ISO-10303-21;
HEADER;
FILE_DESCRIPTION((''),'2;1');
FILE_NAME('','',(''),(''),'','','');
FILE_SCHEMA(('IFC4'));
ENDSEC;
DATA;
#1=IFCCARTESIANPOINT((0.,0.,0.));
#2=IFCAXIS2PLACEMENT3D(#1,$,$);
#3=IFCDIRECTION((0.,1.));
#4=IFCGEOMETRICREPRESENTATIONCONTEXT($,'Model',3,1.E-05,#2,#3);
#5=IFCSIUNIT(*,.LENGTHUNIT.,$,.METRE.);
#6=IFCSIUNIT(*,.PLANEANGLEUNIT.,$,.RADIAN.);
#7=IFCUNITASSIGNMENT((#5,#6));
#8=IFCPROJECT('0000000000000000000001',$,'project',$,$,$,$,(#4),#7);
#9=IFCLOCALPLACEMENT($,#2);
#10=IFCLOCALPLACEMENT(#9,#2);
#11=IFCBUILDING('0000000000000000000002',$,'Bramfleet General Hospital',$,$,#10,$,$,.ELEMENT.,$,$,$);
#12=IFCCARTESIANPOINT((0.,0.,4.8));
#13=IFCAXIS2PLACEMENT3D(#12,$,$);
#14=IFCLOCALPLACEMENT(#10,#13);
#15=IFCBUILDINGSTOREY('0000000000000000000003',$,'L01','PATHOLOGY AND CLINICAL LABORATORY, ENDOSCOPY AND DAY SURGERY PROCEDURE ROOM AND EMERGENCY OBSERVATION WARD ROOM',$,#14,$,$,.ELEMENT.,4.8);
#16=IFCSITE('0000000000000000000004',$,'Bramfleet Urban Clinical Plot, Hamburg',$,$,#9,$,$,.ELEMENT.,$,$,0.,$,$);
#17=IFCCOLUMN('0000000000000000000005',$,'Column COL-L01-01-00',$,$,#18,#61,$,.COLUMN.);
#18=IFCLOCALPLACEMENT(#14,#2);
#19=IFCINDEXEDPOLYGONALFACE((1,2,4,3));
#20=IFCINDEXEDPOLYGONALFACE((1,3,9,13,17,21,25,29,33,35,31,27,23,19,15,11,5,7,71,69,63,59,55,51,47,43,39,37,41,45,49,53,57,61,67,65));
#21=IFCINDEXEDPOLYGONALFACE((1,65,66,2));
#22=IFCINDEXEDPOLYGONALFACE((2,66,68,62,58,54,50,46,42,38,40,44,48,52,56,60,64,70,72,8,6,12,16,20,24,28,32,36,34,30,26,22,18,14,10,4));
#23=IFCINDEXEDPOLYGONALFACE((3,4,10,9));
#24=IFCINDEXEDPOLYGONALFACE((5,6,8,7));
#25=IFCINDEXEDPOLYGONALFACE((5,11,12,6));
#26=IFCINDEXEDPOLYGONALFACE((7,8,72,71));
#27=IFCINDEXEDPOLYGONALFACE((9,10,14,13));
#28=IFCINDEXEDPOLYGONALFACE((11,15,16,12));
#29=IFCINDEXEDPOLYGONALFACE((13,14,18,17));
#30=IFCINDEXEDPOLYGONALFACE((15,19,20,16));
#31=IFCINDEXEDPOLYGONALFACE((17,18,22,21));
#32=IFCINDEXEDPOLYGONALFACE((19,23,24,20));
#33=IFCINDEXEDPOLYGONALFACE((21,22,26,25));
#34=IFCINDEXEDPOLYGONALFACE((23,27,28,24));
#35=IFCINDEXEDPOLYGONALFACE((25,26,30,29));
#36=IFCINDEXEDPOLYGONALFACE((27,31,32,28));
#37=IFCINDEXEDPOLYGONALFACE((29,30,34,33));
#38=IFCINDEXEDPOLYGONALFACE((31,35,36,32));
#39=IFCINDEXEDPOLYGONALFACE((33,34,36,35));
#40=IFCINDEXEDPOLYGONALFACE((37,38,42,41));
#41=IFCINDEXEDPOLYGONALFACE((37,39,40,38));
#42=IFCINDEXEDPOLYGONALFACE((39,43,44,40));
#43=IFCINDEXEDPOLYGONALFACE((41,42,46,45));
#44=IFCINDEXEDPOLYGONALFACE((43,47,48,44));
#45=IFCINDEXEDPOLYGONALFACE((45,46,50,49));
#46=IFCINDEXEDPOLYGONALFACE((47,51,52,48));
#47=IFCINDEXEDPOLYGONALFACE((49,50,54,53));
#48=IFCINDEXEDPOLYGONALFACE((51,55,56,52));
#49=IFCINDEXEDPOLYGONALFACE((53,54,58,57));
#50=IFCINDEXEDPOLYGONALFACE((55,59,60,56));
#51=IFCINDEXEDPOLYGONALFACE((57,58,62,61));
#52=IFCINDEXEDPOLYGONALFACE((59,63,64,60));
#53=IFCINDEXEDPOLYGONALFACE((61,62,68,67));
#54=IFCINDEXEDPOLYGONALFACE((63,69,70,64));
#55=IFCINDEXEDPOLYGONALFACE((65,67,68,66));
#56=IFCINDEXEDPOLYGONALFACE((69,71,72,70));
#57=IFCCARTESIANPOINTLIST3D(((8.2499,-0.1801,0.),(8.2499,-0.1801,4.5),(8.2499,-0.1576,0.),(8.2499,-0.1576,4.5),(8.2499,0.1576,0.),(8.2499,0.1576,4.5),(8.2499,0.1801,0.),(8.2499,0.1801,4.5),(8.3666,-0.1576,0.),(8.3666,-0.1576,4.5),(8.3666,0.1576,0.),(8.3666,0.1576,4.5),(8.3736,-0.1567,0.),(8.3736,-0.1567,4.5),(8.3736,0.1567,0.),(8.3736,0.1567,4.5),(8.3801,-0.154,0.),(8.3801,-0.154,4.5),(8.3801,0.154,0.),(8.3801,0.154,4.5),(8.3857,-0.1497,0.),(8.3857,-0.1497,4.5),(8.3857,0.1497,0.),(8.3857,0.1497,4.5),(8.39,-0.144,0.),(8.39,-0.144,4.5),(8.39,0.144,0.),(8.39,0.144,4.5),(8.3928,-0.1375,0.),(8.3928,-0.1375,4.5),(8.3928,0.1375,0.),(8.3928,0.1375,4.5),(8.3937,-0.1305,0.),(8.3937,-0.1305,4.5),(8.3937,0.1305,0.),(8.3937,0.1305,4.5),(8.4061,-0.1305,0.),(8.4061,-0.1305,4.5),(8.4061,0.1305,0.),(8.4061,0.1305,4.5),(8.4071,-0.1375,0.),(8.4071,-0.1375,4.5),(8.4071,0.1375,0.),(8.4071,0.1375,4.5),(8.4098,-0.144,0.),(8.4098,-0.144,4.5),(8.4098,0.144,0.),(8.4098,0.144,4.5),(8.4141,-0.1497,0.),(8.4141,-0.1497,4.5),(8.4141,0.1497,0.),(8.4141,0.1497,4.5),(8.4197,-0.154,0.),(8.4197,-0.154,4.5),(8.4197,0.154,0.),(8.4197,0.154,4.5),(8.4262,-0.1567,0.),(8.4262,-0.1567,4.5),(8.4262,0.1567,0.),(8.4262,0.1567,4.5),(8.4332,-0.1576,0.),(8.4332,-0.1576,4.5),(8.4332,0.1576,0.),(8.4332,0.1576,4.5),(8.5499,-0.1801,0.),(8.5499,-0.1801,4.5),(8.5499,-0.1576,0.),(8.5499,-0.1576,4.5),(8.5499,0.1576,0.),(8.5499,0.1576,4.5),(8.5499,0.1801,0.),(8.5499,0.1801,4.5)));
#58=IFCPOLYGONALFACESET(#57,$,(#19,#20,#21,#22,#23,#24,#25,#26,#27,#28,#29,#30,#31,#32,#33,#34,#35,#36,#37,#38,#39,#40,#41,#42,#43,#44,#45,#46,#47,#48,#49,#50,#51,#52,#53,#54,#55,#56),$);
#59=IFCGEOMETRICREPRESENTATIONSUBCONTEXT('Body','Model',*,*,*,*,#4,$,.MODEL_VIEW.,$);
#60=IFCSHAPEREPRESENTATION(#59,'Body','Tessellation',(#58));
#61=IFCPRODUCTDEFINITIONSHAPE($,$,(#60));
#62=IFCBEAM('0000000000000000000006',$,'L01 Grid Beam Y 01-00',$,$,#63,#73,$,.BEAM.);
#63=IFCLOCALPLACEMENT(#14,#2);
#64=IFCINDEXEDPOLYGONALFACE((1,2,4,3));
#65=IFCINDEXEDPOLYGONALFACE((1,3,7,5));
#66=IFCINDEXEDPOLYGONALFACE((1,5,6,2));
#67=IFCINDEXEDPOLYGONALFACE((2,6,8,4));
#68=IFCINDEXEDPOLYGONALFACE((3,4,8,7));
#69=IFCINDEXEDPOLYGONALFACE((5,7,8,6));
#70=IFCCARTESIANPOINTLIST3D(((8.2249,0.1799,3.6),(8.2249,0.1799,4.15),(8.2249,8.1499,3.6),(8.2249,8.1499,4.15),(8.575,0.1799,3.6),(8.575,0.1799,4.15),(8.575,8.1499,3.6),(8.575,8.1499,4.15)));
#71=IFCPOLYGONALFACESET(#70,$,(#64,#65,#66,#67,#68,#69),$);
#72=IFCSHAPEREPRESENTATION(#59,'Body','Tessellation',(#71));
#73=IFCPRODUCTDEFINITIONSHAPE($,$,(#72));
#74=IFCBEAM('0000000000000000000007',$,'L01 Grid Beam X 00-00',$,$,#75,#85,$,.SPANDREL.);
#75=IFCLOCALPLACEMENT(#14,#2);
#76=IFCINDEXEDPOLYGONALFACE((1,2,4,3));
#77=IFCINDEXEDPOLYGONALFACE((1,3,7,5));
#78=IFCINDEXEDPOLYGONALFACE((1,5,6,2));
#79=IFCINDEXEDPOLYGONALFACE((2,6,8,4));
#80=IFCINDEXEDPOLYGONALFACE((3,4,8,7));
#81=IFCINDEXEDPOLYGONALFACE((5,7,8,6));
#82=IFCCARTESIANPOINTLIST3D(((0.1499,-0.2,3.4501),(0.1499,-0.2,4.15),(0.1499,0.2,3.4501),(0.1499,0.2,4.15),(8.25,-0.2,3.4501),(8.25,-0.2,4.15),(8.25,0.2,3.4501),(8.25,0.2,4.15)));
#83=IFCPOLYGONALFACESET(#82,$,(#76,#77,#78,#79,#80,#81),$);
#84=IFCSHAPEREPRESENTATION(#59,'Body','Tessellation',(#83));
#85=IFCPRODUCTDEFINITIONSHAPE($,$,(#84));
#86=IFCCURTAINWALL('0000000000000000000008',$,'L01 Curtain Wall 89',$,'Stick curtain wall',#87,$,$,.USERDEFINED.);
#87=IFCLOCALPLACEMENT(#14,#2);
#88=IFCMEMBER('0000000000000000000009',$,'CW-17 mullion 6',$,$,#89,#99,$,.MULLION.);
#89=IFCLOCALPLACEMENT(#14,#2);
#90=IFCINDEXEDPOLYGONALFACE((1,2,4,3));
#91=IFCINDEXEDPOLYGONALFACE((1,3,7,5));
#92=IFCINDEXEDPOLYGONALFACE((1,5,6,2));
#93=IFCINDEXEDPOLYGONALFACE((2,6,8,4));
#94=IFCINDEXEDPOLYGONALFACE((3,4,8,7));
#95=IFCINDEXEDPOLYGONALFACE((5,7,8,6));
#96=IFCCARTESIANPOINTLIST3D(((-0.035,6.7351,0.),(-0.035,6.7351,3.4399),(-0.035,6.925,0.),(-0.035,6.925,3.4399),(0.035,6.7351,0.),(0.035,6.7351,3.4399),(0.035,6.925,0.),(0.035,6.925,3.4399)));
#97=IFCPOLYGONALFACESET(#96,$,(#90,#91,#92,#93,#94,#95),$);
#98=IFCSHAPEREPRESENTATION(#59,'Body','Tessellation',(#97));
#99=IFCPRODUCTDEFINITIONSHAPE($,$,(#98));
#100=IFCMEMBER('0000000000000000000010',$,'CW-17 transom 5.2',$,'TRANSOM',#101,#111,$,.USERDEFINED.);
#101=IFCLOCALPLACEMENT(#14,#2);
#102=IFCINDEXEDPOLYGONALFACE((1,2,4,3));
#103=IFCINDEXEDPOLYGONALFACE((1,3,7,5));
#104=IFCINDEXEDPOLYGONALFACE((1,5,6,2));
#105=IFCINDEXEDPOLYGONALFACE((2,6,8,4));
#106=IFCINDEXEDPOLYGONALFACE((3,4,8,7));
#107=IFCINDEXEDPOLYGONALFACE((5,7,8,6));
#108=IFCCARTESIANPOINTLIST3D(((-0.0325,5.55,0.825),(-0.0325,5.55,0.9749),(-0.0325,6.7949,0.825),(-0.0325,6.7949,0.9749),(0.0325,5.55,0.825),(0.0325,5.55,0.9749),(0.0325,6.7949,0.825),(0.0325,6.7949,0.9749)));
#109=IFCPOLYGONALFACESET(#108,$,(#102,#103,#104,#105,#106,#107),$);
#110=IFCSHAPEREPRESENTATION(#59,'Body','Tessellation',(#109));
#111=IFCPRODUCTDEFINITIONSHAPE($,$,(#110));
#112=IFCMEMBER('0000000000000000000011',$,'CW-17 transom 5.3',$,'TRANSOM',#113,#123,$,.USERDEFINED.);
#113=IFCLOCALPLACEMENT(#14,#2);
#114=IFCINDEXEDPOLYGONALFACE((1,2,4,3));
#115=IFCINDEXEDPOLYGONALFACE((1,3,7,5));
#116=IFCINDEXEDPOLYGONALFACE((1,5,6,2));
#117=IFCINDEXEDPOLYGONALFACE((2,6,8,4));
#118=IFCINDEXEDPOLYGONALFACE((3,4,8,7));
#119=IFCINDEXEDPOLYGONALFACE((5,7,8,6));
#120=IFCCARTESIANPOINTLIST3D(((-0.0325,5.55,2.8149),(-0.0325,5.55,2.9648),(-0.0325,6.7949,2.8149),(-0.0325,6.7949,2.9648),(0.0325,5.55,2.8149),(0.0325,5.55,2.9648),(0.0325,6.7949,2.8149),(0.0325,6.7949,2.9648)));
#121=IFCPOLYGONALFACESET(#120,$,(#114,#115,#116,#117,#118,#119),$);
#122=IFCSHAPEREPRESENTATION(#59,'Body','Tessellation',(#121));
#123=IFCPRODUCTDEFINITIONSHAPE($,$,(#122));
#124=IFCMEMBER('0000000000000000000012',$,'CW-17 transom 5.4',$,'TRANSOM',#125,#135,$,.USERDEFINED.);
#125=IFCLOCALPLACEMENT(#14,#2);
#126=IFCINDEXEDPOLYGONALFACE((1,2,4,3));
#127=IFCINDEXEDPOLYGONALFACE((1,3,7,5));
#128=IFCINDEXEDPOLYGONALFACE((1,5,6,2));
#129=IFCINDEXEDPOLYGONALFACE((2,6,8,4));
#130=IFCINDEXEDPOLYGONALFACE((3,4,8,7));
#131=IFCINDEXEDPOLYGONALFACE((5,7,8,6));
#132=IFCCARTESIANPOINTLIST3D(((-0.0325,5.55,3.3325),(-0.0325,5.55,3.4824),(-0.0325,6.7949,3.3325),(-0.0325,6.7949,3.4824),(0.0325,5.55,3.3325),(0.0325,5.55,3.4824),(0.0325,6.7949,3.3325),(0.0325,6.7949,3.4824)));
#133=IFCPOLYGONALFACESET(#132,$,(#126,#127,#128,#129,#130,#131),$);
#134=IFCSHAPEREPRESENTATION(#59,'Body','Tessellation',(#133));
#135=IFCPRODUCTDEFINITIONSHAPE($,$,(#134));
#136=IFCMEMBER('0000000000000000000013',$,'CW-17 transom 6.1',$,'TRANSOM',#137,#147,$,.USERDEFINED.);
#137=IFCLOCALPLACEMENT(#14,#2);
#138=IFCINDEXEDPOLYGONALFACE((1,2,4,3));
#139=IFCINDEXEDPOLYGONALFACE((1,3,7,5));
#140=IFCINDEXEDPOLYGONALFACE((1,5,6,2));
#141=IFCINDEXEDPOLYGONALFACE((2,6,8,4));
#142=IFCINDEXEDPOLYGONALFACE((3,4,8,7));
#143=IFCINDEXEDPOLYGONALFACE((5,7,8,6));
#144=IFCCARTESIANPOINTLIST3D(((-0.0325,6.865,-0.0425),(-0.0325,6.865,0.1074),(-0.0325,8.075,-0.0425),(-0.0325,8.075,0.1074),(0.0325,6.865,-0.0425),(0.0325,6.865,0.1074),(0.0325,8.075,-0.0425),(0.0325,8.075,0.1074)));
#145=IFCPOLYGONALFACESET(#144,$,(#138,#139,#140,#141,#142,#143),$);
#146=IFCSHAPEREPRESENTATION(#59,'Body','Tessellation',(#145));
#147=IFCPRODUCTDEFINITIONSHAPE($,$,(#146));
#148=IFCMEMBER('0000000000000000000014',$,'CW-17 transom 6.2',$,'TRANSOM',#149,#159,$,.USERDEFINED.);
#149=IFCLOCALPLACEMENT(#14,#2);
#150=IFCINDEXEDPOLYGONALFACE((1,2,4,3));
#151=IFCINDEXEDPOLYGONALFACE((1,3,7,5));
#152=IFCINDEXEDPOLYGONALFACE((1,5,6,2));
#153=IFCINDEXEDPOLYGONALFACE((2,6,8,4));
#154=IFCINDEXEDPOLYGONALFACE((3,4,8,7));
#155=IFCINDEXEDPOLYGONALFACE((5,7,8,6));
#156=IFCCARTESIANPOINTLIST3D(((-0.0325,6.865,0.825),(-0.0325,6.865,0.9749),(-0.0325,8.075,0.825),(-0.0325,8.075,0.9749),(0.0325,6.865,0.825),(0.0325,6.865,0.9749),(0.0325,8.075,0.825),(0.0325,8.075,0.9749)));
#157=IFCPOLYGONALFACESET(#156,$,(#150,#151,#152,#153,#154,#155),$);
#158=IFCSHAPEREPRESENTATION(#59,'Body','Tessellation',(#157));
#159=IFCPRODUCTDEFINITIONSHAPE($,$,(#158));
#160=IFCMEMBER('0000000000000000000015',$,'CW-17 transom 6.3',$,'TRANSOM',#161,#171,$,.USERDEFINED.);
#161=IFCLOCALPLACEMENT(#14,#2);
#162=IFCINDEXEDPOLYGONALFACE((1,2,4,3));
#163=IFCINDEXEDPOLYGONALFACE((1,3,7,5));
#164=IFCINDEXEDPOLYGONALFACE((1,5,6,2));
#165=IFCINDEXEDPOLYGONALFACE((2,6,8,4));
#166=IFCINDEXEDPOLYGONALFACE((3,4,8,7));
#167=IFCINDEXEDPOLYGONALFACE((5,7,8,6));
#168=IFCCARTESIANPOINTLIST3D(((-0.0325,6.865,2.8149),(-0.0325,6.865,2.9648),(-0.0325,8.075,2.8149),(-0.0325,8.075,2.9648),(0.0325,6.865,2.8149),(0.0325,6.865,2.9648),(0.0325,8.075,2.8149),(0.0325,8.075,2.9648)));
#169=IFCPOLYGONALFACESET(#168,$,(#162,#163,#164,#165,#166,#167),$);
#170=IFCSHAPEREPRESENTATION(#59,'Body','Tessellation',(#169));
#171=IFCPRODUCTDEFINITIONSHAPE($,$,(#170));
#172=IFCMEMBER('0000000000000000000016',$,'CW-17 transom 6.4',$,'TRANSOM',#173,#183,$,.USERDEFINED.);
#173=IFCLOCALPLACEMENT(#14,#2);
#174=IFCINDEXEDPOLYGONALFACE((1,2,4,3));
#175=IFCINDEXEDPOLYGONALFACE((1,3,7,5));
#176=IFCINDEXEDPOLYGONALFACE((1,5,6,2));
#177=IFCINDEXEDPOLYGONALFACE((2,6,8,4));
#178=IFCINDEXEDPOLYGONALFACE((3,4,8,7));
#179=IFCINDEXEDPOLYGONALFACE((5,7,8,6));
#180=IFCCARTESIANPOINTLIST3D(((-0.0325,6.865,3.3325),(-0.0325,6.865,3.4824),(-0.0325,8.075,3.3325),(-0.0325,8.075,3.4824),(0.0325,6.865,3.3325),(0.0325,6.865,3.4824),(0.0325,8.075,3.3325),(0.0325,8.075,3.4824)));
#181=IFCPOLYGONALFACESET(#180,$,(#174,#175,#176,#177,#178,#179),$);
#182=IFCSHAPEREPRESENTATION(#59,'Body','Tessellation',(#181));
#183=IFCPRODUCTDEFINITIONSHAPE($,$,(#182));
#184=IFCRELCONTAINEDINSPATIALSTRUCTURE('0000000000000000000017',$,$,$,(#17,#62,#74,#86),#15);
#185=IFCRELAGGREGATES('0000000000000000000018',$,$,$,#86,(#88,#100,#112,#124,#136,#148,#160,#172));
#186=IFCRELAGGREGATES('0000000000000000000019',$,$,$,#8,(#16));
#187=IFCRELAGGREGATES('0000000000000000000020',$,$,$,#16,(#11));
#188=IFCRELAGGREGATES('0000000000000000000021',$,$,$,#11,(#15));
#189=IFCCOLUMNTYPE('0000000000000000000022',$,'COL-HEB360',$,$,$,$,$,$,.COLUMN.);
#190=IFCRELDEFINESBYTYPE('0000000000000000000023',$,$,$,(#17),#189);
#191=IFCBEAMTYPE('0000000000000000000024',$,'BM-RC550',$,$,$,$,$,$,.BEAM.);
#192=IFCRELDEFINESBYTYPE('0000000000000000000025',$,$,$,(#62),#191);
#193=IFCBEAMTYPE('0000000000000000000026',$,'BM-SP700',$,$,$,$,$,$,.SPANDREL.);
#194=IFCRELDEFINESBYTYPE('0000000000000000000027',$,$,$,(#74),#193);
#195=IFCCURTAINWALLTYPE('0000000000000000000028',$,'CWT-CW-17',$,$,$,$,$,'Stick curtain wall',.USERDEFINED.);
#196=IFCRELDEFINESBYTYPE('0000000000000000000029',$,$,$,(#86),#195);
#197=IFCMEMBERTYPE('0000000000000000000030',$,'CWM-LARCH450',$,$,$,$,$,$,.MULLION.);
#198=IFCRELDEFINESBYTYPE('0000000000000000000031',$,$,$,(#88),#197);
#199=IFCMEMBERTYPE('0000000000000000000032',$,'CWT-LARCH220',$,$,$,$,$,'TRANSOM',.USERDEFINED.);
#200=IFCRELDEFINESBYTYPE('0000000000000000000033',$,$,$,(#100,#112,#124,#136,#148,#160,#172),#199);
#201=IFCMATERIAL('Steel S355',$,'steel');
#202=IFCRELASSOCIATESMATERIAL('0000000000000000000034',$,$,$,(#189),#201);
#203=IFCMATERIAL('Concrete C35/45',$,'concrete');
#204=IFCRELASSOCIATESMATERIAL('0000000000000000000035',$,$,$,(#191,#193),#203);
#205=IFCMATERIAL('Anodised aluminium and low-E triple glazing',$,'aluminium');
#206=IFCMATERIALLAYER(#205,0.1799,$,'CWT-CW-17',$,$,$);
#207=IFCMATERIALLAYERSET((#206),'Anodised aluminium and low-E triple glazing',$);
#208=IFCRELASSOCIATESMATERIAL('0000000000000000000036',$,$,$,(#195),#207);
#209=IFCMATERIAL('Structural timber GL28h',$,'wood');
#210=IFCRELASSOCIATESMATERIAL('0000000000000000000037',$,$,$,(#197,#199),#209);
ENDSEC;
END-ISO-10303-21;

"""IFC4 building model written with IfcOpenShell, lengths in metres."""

from ifc_helpers import new_model, si_unit, direction, frame, origin, origin_2d, place, context, subcontext, project, spatial, rectangle, i_section, extrude, material, layer, layer_set, material_profile, profile_set, type_object, element, aggregate, save


model = new_model("IFC4")

# Units and contexts
model_context = context("Model", 3, precision=1e-05, world=origin(), true_north=direction((0.0, 1.0)))
body_context = subcontext(model_context, "Body", "Model", "MODEL_VIEW")
ifc_project = project(units=[si_unit("LENGTHUNIT", "METRE"), si_unit("PLANEANGLEUNIT", "RADIAN")], contexts=[model_context])

# Site, building, storey
site_placement = place(None, origin())
site = spatial("IfcSite", under=ifc_project, at=site_placement, Name="Bramfleet Urban Clinical Plot, Hamburg", CompositionType="ELEMENT", RefElevation=0.0)
building_placement = place(site_placement, origin())
building = spatial("IfcBuilding", under=site, at=building_placement, Name="Bramfleet General Hospital", CompositionType="ELEMENT")
storey_placement = place(building_placement, frame((0.0, 0.0, 4.8)))
storey = spatial("IfcBuildingStorey", under=building, at=storey_placement, Name="L01", Description="PATHOLOGY AND CLINICAL LABORATORY, ENDOSCOPY AND DAY SURGERY PROCEDURE ROOM AND EMERGENCY OBSERVATION WARD ROOM", CompositionType="ELEMENT", Elevation=4.8)

# Column
ifc_material_1 = material(Name="Steel S355", Category="steel")
ifc_material_profile_1 = material_profile(ifc_material_1, i_section(OverallWidth=0.3, OverallDepth=0.3601, WebThickness=0.0125, FlangeThickness=0.0225, FilletRadius=0.0271, at=origin_2d()), Name="HEB 360")
ifc_profile_set_1 = profile_set([ifc_material_profile_1], Name="Steel S355")
column_type = type_object("IfcColumnType", Name="COL-HEB360", PredefinedType="COLUMN", material=ifc_profile_set_1)
column_placement = place(storey_placement, frame((8.3999, 0.0, 0.0), z_axis=(0.0, 0.0, 1.0), x_axis=(1.0, 0.0, 0.0)))
element("IfcColumn", 1, at=column_placement, inside=storey, type_object=column_type, Name="Column COL-L01-01-00", PredefinedType="COLUMN", context=body_context, shape_type="SweptSolid", body=[
    extrude(i_section(OverallWidth=0.3, OverallDepth=0.3601, WebThickness=0.0125, FlangeThickness=0.0225, FilletRadius=0.0271, at=origin_2d()), origin(), (0.0, 0.0, 1.0), 4.5),
])

# Beams
ifc_material_2 = material(Name="Concrete C35/45", Category="concrete")
ifc_material_profile_2 = material_profile(ifc_material_2, rectangle(XDim=0.3501, YDim=0.55, at=origin_2d()), Name="RC BM 550x350")
ifc_profile_set_2 = profile_set([ifc_material_profile_2], Name="Concrete C35/45")
beam_type_1 = type_object("IfcBeamType", Name="BM-RC550", PredefinedType="BEAM", material=ifc_profile_set_2)
beam_1_placement = place(storey_placement, frame((8.3999, 0.1799, 3.875), z_axis=(0.0, 1.0, 0.0), x_axis=(-1.0, 0.0, 0.0)))
element("IfcBeam", 2, at=beam_1_placement, inside=storey, type_object=beam_type_1, Name="L01 Grid Beam Y 01-00", PredefinedType="BEAM", context=body_context, shape_type="SweptSolid", body=[
    extrude(rectangle(XDim=0.3501, YDim=0.55, at=origin_2d()), origin(), (0.0, 0.0, 1.0), 7.97),
])
ifc_material_profile_3 = material_profile(ifc_material_2, rectangle(XDim=0.3999, YDim=0.7, at=origin_2d()), Name="RC SP 700x400")
ifc_profile_set_3 = profile_set([ifc_material_profile_3], Name="Concrete C35/45")
beam_type_2 = type_object("IfcBeamType", Name="BM-SP700", PredefinedType="SPANDREL", material=ifc_profile_set_3)
beam_2_placement = place(storey_placement, frame((0.1499, 0.0, 3.8), z_axis=(1.0, 0.0, 0.0), x_axis=(0.0, 1.0, 0.0)))
element("IfcBeam", 3, at=beam_2_placement, inside=storey, type_object=beam_type_2, Name="L01 Grid Beam X 00-00", PredefinedType="SPANDREL", context=body_context, shape_type="SweptSolid", body=[
    extrude(rectangle(XDim=0.3999, YDim=0.7, at=origin_2d()), origin(), (0.0, 0.0, 1.0), 8.1001),
])

# Curtain wall, members
ifc_material_3 = material(Name="Anodised aluminium and low-E triple glazing", Category="aluminium")
ifc_layer_1 = layer(ifc_material_3, 0.1799, Name="CWT-CW-17")
ifc_layer_set_1 = layer_set([ifc_layer_1], Name="Anodised aluminium and low-E triple glazing")
curtain_wall_type = type_object("IfcCurtainWallType", Name="CWT-CW-17", ElementType="Stick curtain wall", PredefinedType="USERDEFINED", material=ifc_layer_set_1)
curtain_wall_placement = place(storey_placement, origin())
curtain_wall = element("IfcCurtainWall", 4, at=curtain_wall_placement, inside=storey, type_object=curtain_wall_type, Name="L01 Curtain Wall 89", ObjectType="Stick curtain wall", PredefinedType="USERDEFINED")
ifc_material_4 = material(Name="Structural timber GL28h", Category="wood")
ifc_material_profile_4 = material_profile(ifc_material_4, rectangle(XDim=0.0701, YDim=0.1899, at=origin_2d()), Name="LARCH 190x70")
ifc_profile_set_4 = profile_set([ifc_material_profile_4], Name="Structural timber GL28h")
member_type_1 = type_object("IfcMemberType", Name="CWM-LARCH450", PredefinedType="MULLION", material=ifc_profile_set_4)
member_1_placement = place(storey_placement, frame((0.0, 6.8301, 0.0), z_axis=(0.0, 0.0, 1.0), x_axis=(-1.0, 0.0, 0.0)))
member_1 = element("IfcMember", 5, at=member_1_placement, type_object=member_type_1, Name="CW-17 mullion 6", PredefinedType="MULLION", context=body_context, shape_type="SweptSolid", body=[
    extrude(rectangle(XDim=0.0701, YDim=0.1899, at=origin_2d()), origin(), (0.0, 0.0, 1.0), 3.4399),
])
ifc_material_profile_5 = material_profile(ifc_material_4, rectangle(XDim=0.0649, YDim=0.1499, at=origin_2d()), Name="LARCH 150x65")
ifc_profile_set_5 = profile_set([ifc_material_profile_5], Name="Structural timber GL28h")
member_type_2 = type_object("IfcMemberType", Name="CWT-LARCH220", ElementType="TRANSOM", PredefinedType="USERDEFINED", material=ifc_profile_set_5)
member_2_placement = place(storey_placement, frame((0.0, 5.55, 0.8999), z_axis=(0.0, 1.0, 0.0), x_axis=(-1.0, 0.0, 0.0)))
member_2 = element("IfcMember", 6, at=member_2_placement, type_object=member_type_2, Name="CW-17 transom 5.2", ObjectType="TRANSOM", PredefinedType="USERDEFINED", context=body_context, shape_type="SweptSolid", body=[
    extrude(rectangle(XDim=0.0649, YDim=0.1499, at=origin_2d()), origin(), (0.0, 0.0, 1.0), 1.2449),
])
member_3_placement = place(storey_placement, frame((0.0, 5.55, 2.8899), z_axis=(0.0, 1.0, 0.0), x_axis=(-1.0, 0.0, 0.0)))
member_3 = element("IfcMember", 7, at=member_3_placement, type_object=member_type_2, Name="CW-17 transom 5.3", ObjectType="TRANSOM", PredefinedType="USERDEFINED", context=body_context, shape_type="SweptSolid", body=[
    extrude(rectangle(XDim=0.0649, YDim=0.1499, at=origin_2d()), origin(), (0.0, 0.0, 1.0), 1.2449),
])
member_4_placement = place(storey_placement, frame((0.0, 5.55, 3.4075), z_axis=(0.0, 1.0, 0.0), x_axis=(-1.0, 0.0, 0.0)))
member_4 = element("IfcMember", 8, at=member_4_placement, type_object=member_type_2, Name="CW-17 transom 5.4", ObjectType="TRANSOM", PredefinedType="USERDEFINED", context=body_context, shape_type="SweptSolid", body=[
    extrude(rectangle(XDim=0.0649, YDim=0.1499, at=origin_2d()), origin(), (0.0, 0.0, 1.0), 1.2449),
])
member_5_placement = place(storey_placement, frame((0.0, 6.865, 0.0325), z_axis=(0.0, 1.0, 0.0), x_axis=(-1.0, 0.0, 0.0)))
member_5 = element("IfcMember", 9, at=member_5_placement, type_object=member_type_2, Name="CW-17 transom 6.1", ObjectType="TRANSOM", PredefinedType="USERDEFINED", context=body_context, shape_type="SweptSolid", body=[
    extrude(rectangle(XDim=0.0649, YDim=0.1499, at=origin_2d()), origin(), (0.0, 0.0, 1.0), 1.21),
])
member_6_placement = place(storey_placement, frame((0.0, 6.865, 0.8999), z_axis=(0.0, 1.0, 0.0), x_axis=(-1.0, 0.0, 0.0)))
member_6 = element("IfcMember", 10, at=member_6_placement, type_object=member_type_2, Name="CW-17 transom 6.2", ObjectType="TRANSOM", PredefinedType="USERDEFINED", context=body_context, shape_type="SweptSolid", body=[
    extrude(rectangle(XDim=0.0649, YDim=0.1499, at=origin_2d()), origin(), (0.0, 0.0, 1.0), 1.21),
])
member_7_placement = place(storey_placement, frame((0.0, 6.865, 2.8899), z_axis=(0.0, 1.0, 0.0), x_axis=(-1.0, 0.0, 0.0)))
member_7 = element("IfcMember", 11, at=member_7_placement, type_object=member_type_2, Name="CW-17 transom 6.3", ObjectType="TRANSOM", PredefinedType="USERDEFINED", context=body_context, shape_type="SweptSolid", body=[
    extrude(rectangle(XDim=0.0649, YDim=0.1499, at=origin_2d()), origin(), (0.0, 0.0, 1.0), 1.21),
])
member_8_placement = place(storey_placement, frame((0.0, 6.865, 3.4075), z_axis=(0.0, 1.0, 0.0), x_axis=(-1.0, 0.0, 0.0)))
member_8 = element("IfcMember", 12, at=member_8_placement, type_object=member_type_2, Name="CW-17 transom 6.4", ObjectType="TRANSOM", PredefinedType="USERDEFINED", context=body_context, shape_type="SweptSolid", body=[
    extrude(rectangle(XDim=0.0649, YDim=0.1499, at=origin_2d()), origin(), (0.0, 0.0, 1.0), 1.21),
])
aggregate(curtain_wall, [member_1, member_2, member_3, member_4, member_5, member_6, member_7, member_8])

save(model, "model.ifc")
